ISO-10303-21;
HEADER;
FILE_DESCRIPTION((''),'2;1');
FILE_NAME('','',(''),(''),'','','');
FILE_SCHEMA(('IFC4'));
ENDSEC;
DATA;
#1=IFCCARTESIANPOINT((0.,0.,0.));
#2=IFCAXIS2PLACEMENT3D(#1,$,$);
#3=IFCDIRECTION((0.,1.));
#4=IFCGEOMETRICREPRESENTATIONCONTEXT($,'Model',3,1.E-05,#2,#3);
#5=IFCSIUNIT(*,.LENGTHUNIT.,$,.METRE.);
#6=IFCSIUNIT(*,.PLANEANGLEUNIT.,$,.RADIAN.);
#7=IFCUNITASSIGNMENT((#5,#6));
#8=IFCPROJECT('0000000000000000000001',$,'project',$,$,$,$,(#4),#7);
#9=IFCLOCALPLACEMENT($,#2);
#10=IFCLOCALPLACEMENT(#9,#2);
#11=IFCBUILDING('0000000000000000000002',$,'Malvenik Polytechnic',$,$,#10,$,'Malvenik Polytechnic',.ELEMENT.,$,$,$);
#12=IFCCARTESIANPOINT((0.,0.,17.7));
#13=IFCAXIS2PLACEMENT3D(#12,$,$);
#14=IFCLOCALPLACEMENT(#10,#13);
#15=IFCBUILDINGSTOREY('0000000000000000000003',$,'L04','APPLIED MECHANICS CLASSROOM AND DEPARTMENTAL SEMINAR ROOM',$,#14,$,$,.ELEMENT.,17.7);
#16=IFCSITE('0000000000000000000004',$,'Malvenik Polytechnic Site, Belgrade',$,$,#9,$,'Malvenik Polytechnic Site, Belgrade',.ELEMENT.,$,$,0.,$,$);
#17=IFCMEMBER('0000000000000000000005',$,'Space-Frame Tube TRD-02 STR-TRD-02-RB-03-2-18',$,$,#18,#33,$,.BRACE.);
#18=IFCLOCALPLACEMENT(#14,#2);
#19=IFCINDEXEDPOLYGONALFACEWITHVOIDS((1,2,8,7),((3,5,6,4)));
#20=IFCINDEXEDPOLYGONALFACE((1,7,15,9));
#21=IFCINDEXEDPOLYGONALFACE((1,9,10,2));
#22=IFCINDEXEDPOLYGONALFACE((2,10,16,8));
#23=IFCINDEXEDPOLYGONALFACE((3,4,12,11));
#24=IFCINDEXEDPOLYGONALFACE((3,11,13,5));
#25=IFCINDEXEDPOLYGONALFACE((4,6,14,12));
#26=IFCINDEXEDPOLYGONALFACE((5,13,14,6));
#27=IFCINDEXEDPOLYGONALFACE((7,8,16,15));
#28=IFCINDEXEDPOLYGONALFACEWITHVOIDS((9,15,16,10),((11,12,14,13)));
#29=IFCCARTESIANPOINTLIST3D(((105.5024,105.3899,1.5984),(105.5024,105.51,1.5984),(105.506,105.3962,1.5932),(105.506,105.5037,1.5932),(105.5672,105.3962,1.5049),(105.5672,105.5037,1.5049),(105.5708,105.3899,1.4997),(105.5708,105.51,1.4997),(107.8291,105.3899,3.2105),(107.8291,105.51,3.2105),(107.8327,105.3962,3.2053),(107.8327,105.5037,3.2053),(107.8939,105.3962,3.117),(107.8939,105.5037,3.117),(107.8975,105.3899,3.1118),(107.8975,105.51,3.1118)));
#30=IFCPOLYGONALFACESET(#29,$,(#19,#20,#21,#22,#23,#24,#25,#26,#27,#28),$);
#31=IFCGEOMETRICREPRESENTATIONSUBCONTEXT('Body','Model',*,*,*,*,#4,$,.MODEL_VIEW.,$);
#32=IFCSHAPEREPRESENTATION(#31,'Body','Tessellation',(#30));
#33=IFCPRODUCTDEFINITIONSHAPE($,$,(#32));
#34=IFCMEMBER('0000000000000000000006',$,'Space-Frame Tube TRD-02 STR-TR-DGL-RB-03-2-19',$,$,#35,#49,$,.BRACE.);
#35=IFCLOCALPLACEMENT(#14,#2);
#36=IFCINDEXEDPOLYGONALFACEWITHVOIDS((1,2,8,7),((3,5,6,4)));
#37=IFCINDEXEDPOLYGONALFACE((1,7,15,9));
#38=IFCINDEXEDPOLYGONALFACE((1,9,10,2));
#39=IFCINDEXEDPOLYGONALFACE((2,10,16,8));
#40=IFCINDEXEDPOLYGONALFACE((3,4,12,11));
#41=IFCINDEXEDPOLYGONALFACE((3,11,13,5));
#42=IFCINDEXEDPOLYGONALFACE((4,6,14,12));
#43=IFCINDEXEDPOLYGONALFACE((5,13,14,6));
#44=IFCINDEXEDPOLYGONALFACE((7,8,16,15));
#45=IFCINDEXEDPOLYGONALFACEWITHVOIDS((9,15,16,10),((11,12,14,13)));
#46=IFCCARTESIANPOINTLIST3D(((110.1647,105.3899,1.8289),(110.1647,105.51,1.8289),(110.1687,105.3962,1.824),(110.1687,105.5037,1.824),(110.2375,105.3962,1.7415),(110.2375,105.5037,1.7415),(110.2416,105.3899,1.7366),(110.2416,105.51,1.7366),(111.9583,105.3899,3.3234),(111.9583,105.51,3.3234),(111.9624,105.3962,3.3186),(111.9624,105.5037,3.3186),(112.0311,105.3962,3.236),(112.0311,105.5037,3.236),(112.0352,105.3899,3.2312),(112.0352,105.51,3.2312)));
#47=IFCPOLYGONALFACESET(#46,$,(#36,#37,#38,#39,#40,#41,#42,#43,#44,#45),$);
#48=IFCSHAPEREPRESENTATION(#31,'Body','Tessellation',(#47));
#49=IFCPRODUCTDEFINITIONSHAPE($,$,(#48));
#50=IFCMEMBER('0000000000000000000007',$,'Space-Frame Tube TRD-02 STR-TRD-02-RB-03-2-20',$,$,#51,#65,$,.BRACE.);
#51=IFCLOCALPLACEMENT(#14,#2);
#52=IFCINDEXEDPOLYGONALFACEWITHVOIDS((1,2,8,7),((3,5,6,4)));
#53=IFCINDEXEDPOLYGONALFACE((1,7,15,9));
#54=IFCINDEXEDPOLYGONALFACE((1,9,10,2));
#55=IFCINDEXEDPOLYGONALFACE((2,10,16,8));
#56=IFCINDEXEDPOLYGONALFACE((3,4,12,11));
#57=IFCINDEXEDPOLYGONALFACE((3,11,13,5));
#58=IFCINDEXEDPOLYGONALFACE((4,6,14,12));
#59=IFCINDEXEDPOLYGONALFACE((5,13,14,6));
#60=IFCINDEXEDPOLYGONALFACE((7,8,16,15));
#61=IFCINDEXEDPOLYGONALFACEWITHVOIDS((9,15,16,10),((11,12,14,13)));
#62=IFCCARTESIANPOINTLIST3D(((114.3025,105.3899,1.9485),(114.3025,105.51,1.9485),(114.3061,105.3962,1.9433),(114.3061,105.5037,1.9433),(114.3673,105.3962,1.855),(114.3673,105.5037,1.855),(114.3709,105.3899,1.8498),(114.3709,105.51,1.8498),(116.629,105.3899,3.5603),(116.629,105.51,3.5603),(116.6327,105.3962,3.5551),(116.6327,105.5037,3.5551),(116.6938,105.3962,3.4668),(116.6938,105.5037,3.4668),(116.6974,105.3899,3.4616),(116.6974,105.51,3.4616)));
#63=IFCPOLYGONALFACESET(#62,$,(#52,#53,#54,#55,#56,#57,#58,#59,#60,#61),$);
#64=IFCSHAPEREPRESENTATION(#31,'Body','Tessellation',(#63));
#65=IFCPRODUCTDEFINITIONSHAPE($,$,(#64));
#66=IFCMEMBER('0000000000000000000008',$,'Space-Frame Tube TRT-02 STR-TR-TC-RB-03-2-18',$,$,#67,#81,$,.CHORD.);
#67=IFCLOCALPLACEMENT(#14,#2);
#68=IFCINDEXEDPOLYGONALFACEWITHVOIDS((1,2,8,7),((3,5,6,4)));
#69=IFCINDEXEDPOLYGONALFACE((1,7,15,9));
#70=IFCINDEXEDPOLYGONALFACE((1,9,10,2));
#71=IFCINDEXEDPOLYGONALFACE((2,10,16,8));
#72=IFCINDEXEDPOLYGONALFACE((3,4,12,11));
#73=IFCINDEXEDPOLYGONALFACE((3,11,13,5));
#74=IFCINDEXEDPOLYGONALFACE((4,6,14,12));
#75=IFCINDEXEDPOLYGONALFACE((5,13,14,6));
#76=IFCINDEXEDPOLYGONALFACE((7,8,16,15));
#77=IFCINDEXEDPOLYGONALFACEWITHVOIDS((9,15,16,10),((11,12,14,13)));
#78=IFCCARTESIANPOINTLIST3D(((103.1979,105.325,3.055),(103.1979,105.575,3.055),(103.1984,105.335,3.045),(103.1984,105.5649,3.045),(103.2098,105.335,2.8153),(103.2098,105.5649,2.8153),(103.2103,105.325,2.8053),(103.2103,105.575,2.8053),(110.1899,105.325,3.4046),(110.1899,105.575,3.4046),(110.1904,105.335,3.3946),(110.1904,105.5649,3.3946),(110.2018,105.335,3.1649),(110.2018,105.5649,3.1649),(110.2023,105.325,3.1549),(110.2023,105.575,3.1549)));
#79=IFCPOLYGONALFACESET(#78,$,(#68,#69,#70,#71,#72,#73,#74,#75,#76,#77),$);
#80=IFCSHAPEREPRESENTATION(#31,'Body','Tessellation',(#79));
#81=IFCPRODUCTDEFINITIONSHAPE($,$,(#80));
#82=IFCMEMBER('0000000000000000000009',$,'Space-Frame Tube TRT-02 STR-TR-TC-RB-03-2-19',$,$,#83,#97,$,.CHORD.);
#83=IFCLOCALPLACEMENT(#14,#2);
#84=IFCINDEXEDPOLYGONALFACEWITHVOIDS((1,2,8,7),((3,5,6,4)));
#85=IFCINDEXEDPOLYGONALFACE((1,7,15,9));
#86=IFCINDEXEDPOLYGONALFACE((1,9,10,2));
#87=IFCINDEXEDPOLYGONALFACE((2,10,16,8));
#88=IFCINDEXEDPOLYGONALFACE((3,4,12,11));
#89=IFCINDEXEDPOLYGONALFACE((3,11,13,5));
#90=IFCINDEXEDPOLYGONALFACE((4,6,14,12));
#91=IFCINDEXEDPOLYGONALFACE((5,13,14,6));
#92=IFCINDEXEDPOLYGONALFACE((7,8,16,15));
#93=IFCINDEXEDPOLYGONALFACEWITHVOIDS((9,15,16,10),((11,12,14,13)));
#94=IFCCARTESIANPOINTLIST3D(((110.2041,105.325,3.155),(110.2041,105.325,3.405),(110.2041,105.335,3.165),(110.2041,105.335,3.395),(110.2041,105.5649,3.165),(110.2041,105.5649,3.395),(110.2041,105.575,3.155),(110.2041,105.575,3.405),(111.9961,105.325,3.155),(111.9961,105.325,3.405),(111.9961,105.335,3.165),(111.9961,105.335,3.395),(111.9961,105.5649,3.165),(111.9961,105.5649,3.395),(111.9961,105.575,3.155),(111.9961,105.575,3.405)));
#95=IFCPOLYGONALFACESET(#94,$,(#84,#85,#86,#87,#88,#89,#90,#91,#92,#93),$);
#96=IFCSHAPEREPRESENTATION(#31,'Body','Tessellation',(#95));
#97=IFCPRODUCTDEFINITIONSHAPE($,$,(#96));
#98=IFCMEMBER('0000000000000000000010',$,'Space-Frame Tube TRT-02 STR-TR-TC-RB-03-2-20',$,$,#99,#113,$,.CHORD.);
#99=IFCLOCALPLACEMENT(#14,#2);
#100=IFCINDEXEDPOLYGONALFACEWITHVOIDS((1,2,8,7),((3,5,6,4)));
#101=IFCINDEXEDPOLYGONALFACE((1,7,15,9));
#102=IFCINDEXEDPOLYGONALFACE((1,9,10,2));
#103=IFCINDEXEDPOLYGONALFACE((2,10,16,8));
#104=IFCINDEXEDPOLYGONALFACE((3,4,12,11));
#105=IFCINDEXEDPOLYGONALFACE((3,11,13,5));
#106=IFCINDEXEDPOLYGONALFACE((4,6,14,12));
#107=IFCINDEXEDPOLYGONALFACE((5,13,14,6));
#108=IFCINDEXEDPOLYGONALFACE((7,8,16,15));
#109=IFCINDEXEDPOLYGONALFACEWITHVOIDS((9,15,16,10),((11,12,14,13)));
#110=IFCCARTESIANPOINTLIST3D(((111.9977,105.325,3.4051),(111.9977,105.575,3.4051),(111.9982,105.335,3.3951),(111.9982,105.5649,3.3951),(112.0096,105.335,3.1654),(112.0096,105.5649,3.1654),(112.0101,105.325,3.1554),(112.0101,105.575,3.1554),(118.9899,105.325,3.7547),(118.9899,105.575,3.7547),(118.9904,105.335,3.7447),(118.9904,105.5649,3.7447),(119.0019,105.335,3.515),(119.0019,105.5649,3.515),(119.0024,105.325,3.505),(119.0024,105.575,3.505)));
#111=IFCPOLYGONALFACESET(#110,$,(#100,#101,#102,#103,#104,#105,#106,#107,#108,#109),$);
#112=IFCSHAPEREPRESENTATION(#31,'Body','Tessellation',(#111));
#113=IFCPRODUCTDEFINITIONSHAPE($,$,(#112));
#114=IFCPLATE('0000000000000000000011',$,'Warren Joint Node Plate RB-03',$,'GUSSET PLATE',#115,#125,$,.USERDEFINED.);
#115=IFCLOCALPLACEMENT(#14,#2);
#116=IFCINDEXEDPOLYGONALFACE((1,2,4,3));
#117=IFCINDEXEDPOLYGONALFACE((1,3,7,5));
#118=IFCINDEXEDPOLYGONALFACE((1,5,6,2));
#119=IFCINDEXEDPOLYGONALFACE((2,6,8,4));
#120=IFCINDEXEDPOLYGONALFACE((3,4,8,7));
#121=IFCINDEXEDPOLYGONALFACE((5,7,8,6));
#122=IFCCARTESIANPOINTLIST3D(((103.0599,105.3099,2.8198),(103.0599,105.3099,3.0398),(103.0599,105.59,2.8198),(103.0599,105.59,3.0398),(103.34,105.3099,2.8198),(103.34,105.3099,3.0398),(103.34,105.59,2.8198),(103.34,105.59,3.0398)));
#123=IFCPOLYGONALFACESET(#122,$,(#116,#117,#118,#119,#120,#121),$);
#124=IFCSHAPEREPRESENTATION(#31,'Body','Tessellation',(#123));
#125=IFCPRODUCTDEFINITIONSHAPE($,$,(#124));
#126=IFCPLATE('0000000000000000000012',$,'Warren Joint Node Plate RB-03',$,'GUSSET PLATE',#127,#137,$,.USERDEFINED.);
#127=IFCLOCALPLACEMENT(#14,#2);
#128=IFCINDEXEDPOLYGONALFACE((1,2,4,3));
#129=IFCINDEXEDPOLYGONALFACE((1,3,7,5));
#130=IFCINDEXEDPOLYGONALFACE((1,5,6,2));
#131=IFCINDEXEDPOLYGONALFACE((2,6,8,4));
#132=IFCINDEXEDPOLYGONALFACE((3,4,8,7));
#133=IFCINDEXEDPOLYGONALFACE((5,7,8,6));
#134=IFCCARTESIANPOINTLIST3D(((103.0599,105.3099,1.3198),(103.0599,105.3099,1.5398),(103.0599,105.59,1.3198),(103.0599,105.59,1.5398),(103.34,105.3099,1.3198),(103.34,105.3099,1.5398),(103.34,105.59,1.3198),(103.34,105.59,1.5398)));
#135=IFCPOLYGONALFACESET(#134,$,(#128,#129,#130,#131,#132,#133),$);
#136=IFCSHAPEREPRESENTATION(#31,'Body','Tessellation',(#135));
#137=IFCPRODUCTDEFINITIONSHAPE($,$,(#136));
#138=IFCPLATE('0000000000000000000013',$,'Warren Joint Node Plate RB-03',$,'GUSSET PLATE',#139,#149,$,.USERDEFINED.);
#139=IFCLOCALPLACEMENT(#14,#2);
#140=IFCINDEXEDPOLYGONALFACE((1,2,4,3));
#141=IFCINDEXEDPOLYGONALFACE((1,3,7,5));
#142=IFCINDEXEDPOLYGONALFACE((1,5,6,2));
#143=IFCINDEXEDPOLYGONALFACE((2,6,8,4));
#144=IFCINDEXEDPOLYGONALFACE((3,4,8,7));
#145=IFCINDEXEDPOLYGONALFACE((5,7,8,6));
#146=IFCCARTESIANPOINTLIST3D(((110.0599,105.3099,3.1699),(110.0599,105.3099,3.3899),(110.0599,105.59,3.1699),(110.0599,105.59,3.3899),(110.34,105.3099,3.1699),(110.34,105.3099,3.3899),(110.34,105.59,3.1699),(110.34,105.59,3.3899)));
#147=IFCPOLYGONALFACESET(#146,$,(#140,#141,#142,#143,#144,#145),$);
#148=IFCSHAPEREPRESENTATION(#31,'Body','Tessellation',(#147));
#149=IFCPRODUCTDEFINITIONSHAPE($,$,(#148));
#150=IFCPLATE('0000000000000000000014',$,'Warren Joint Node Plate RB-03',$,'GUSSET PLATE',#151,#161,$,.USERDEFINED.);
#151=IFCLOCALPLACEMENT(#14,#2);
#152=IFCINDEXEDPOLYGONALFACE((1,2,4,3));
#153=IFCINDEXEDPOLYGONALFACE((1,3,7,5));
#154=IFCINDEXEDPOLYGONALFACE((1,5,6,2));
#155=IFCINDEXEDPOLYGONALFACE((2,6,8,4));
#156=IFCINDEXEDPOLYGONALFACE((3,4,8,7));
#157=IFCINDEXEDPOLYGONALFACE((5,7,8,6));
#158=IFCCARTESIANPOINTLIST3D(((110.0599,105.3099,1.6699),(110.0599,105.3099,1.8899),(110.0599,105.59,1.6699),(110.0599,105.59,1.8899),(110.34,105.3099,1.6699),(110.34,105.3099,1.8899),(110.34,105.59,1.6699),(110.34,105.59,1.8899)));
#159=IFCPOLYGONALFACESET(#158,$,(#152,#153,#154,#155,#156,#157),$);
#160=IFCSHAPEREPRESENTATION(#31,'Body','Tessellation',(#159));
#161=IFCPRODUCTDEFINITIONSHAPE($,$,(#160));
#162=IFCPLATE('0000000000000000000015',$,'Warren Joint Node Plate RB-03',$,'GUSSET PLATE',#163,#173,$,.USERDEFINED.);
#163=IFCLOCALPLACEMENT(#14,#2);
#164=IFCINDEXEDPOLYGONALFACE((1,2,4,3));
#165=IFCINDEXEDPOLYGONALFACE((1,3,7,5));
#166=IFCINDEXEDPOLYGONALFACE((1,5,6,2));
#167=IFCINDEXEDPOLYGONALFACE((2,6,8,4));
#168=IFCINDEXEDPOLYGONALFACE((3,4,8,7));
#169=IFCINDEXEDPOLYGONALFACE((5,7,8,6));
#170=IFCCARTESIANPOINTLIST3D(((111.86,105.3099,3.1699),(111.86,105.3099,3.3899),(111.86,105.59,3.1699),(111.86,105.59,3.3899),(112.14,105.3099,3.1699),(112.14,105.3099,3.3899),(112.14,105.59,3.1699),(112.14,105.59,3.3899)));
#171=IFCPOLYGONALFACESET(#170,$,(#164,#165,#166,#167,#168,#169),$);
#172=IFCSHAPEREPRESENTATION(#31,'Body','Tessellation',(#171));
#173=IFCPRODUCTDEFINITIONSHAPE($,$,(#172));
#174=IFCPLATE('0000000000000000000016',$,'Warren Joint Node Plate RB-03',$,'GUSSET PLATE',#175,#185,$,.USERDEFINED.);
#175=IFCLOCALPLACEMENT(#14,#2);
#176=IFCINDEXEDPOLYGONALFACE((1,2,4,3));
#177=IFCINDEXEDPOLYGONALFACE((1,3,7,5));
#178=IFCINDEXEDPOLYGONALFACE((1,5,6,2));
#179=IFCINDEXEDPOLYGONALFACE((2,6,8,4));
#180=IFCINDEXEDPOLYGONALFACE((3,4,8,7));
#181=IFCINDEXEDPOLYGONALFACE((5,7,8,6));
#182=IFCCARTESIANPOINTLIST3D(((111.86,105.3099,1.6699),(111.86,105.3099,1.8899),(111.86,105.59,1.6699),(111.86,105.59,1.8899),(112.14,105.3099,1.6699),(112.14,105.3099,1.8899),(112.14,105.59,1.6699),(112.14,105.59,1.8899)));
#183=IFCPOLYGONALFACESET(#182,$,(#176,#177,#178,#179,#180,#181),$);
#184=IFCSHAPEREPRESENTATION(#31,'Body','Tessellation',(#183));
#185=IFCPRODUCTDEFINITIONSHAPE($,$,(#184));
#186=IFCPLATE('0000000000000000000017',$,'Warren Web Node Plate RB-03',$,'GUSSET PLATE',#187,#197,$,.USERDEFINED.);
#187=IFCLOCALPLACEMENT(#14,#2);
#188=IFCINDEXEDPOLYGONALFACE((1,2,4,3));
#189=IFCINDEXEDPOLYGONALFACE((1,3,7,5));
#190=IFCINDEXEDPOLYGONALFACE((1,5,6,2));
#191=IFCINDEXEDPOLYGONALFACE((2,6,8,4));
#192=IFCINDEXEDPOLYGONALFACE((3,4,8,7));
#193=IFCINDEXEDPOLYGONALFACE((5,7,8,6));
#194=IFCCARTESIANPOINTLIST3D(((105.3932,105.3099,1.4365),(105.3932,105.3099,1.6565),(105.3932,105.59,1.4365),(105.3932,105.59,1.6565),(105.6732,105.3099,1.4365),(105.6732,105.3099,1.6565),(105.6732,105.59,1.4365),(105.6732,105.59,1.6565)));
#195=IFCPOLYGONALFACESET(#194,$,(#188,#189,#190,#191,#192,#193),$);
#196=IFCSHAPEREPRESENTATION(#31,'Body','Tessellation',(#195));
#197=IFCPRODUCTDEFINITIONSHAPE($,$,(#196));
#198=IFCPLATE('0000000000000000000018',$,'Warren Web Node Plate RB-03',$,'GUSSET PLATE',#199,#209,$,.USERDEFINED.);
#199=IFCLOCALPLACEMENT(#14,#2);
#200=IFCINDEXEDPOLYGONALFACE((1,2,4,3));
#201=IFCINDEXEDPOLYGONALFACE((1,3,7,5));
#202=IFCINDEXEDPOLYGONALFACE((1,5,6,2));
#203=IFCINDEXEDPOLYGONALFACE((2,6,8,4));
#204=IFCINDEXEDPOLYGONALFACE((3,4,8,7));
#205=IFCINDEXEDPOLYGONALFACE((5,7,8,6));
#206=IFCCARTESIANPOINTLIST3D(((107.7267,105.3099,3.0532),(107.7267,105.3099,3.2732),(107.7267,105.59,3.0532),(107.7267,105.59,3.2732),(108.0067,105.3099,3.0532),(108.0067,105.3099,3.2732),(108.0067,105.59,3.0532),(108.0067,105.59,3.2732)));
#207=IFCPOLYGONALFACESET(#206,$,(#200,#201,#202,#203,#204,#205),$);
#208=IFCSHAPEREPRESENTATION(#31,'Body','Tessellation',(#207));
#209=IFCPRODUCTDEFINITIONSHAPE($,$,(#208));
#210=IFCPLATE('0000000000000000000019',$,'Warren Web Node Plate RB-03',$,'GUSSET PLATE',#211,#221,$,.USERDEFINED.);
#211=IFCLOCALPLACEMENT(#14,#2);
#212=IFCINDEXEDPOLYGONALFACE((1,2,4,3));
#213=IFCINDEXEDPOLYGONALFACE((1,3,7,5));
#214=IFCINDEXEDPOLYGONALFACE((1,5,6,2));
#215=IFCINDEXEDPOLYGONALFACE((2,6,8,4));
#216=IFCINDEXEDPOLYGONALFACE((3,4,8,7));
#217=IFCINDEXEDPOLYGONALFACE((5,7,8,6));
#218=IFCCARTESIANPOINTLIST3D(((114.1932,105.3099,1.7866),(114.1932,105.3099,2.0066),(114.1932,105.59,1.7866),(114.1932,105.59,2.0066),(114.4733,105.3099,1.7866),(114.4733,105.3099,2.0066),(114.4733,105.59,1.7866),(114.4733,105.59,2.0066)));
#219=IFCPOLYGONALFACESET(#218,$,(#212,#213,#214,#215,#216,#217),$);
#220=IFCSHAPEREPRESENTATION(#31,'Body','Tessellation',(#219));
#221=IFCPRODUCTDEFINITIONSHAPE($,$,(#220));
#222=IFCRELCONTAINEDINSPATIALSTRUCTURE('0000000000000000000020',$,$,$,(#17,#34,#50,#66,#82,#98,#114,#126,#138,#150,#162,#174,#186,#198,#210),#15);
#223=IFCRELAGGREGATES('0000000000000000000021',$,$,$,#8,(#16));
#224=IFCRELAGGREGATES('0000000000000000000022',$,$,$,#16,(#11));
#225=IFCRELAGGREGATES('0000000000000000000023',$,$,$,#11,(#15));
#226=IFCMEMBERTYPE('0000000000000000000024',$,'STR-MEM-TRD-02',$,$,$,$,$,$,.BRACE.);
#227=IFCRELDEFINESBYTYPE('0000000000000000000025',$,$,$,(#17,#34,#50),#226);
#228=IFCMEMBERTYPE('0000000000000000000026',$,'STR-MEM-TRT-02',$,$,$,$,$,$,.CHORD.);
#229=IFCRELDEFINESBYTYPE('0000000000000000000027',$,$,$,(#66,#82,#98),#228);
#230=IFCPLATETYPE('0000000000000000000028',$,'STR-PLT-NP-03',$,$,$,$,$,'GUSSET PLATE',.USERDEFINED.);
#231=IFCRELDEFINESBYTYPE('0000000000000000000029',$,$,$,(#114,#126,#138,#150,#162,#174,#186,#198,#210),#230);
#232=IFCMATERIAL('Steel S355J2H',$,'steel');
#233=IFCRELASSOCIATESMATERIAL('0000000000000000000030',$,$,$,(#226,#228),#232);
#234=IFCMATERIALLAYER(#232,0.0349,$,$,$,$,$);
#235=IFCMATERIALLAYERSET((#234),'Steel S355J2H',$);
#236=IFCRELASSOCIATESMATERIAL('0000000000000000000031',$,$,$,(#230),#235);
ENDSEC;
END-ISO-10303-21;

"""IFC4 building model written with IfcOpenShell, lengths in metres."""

from ifc_helpers import new_model, si_unit, direction, frame, origin, origin_2d, place, context, subcontext, project, spatial, rectangle, hollow_rectangle, extrude, material, layer, layer_set, material_profile, profile_set, type_object, element, save


model = new_model("IFC4")

# Units and contexts
model_context = context("Model", 3, precision=1e-05, world=origin(), true_north=direction((0.0, 1.0)))
body_context = subcontext(model_context, "Body", "Model", "MODEL_VIEW")
ifc_project = project(units=[si_unit("LENGTHUNIT", "METRE"), si_unit("PLANEANGLEUNIT", "RADIAN")], contexts=[model_context])

# Site, building, storey
site_placement = place(None, origin())
site = spatial("IfcSite", under=ifc_project, at=site_placement, Name="Malvenik Polytechnic Site, Belgrade", LongName="Malvenik Polytechnic Site, Belgrade", CompositionType="ELEMENT", RefElevation=0.0)
building_placement = place(site_placement, origin())
building = spatial("IfcBuilding", under=site, at=building_placement, Name="Malvenik Polytechnic", LongName="Malvenik Polytechnic", CompositionType="ELEMENT")
storey_placement = place(building_placement, frame((0.0, 0.0, 17.7)))
storey = spatial("IfcBuildingStorey", under=building, at=storey_placement, Name="L04", Description="APPLIED MECHANICS CLASSROOM AND DEPARTMENTAL SEMINAR ROOM", CompositionType="ELEMENT", Elevation=17.7)

# Shared definitions
ifc_material = material(Name="Steel S355J2H", Category="steel")

# Members
ifc_material_profile_1 = material_profile(ifc_material, hollow_rectangle(XDim=0.1201, YDim=0.1201, WallThickness=0.0063, at=origin_2d()), Name="SHS 120x120x6.3")
ifc_profile_set_1 = profile_set([ifc_material_profile_1], Name="Steel S355J2H")
member_type_1 = type_object("IfcMemberType", Name="STR-MEM-TRD-02", PredefinedType="BRACE", material=ifc_profile_set_1)
member_1_placement = place(storey_placement, frame((105.5366, 105.45, 1.5491), z_axis=(0.821978, 0.0, 0.569519), x_axis=(0.0, 1.0, 0.0)))
element("IfcMember", 1, at=member_1_placement, inside=storey, type_object=member_type_1, Name="Space-Frame Tube TRD-02 STR-TRD-02-RB-03-2-18", PredefinedType="BRACE", context=body_context, shape_type="SweptSolid", body=[
    extrude(hollow_rectangle(XDim=0.1201, YDim=0.1201, WallThickness=0.0063, at=origin_2d()), origin(), (0.0, 0.0, 1.0), 2.8306),
])
member_2_placement = place(storey_placement, frame((110.2031, 105.45, 1.7827), z_axis=(0.768247, 0.0, 0.640154), x_axis=(0.0, 1.0, 0.0)))
element("IfcMember", 2, at=member_2_placement, inside=storey, type_object=member_type_1, Name="Space-Frame Tube TRD-02 STR-TR-DGL-RB-03-2-19", PredefinedType="BRACE", context=body_context, shape_type="SweptSolid", body=[
    extrude(hollow_rectangle(XDim=0.1201, YDim=0.1201, WallThickness=0.0063, at=origin_2d()), origin(), (0.0, 0.0, 1.0), 2.3347),
])
member_3_placement = place(storey_placement, frame((114.3367, 105.45, 1.8992), z_axis=(0.822018, 0.0, 0.569461), x_axis=(0.0, 1.0, 0.0)))
element("IfcMember", 3, at=member_3_placement, inside=storey, type_object=member_type_1, Name="Space-Frame Tube TRD-02 STR-TRD-02-RB-03-2-20", PredefinedType="BRACE", context=body_context, shape_type="SweptSolid", body=[
    extrude(hollow_rectangle(XDim=0.1201, YDim=0.1201, WallThickness=0.0063, at=origin_2d()), origin(), (0.0, 0.0, 1.0), 2.8303),
])
ifc_material_profile_2 = material_profile(ifc_material, hollow_rectangle(XDim=0.25, YDim=0.25, WallThickness=0.01, at=origin_2d()), Name="SHS 250x250x10.0")
ifc_profile_set_2 = profile_set([ifc_material_profile_2], Name="Steel S355J2H")
member_type_2 = type_object("IfcMemberType", Name="STR-MEM-TRT-02", PredefinedType="CHORD", material=ifc_profile_set_2)
member_4_placement = place(storey_placement, frame((103.2041, 105.45, 2.9302), z_axis=(0.998752, 0.0, 0.049939), x_axis=(0.0, 1.0, 0.0)))
element("IfcMember", 4, at=member_4_placement, inside=storey, type_object=member_type_2, Name="Space-Frame Tube TRT-02 STR-TR-TC-RB-03-2-18", PredefinedType="CHORD", context=body_context, shape_type="SweptSolid", body=[
    extrude(hollow_rectangle(XDim=0.25, YDim=0.25, WallThickness=0.01, at=origin_2d()), origin(), (0.0, 0.0, 1.0), 7.0007),
])
member_5_placement = place(storey_placement, frame((110.2041, 105.45, 3.28), z_axis=(1.0, 0.0, 0.0), x_axis=(0.0, 1.0, 0.0)))
element("IfcMember", 5, at=member_5_placement, inside=storey, type_object=member_type_2, Name="Space-Frame Tube TRT-02 STR-TR-TC-RB-03-2-19", PredefinedType="CHORD", context=body_context, shape_type="SweptSolid", body=[
    extrude(hollow_rectangle(XDim=0.25, YDim=0.25, WallThickness=0.01, at=origin_2d()), origin(), (0.0, 0.0, 1.0), 1.792),
])
member_6_placement = place(storey_placement, frame((112.0039, 105.45, 3.2803), z_axis=(0.998752, 0.0, 0.049938), x_axis=(0.0, 1.0, 0.0)))
element("IfcMember", 6, at=member_6_placement, inside=storey, type_object=member_type_2, Name="Space-Frame Tube TRT-02 STR-TR-TC-RB-03-2-20", PredefinedType="CHORD", context=body_context, shape_type="SweptSolid", body=[
    extrude(hollow_rectangle(XDim=0.25, YDim=0.25, WallThickness=0.01, at=origin_2d()), origin(), (0.0, 0.0, 1.0), 7.001),
])

# Plates
ifc_layer = layer(ifc_material, 0.0349)
ifc_layer_set = layer_set([ifc_layer], Name="Steel S355J2H")
plate_type = type_object("IfcPlateType", Name="STR-PLT-NP-03", ElementType="GUSSET PLATE", PredefinedType="USERDEFINED", material=ifc_layer_set)
for number, where, z_axis, x_axis, name in (
    (7, (103.2, 105.45, 2.8198), (0.0, 0.0, 1.0), (1.0, 0.0, 0.0), "Warren Joint Node Plate RB-03"),
    (8, (103.2, 105.45, 1.3198), (0.0, 0.0, 1.0), (1.0, 0.0, 0.0), "Warren Joint Node Plate RB-03"),
    (9, (110.2, 105.45, 3.1699), (0.0, 0.0, 1.0), (1.0, 0.0, 0.0), "Warren Joint Node Plate RB-03"),
    (10, (110.2, 105.45, 1.6699), (0.0, 0.0, 1.0), (1.0, 0.0, 0.0), "Warren Joint Node Plate RB-03"),
    (11, (112.0, 105.45, 3.1699), (0.0, 0.0, 1.0), (1.0, 0.0, 0.0), "Warren Joint Node Plate RB-03"),
    (12, (112.0, 105.45, 1.6699), (0.0, 0.0, 1.0), (1.0, 0.0, 0.0), "Warren Joint Node Plate RB-03"),
    (13, (105.5332, 105.45, 1.4365), (0.0, 0.0, 1.0), (1.0, 0.0, 0.0), "Warren Web Node Plate RB-03"),
    (14, (107.8667, 105.45, 3.0532), (0.0, 0.0, 1.0), (1.0, 0.0, 0.0), "Warren Web Node Plate RB-03"),
    (15, (114.3333, 105.45, 1.7866), (0.0, 0.0, 1.0), (1.0, 0.0, 0.0), "Warren Web Node Plate RB-03"),
):
    element("IfcPlate", number, at=place(storey_placement, frame(where, z_axis=z_axis, x_axis=x_axis)), inside=storey, type_object=plate_type, Name=name, ObjectType="GUSSET PLATE", PredefinedType="USERDEFINED", context=body_context, shape_type="SweptSolid", body=[
        extrude(rectangle(XDim=0.28, YDim=0.28, at=origin_2d()), origin(), (0.0, 0.0, 1.0), 0.22),
    ])

save(model, "model.ifc")
